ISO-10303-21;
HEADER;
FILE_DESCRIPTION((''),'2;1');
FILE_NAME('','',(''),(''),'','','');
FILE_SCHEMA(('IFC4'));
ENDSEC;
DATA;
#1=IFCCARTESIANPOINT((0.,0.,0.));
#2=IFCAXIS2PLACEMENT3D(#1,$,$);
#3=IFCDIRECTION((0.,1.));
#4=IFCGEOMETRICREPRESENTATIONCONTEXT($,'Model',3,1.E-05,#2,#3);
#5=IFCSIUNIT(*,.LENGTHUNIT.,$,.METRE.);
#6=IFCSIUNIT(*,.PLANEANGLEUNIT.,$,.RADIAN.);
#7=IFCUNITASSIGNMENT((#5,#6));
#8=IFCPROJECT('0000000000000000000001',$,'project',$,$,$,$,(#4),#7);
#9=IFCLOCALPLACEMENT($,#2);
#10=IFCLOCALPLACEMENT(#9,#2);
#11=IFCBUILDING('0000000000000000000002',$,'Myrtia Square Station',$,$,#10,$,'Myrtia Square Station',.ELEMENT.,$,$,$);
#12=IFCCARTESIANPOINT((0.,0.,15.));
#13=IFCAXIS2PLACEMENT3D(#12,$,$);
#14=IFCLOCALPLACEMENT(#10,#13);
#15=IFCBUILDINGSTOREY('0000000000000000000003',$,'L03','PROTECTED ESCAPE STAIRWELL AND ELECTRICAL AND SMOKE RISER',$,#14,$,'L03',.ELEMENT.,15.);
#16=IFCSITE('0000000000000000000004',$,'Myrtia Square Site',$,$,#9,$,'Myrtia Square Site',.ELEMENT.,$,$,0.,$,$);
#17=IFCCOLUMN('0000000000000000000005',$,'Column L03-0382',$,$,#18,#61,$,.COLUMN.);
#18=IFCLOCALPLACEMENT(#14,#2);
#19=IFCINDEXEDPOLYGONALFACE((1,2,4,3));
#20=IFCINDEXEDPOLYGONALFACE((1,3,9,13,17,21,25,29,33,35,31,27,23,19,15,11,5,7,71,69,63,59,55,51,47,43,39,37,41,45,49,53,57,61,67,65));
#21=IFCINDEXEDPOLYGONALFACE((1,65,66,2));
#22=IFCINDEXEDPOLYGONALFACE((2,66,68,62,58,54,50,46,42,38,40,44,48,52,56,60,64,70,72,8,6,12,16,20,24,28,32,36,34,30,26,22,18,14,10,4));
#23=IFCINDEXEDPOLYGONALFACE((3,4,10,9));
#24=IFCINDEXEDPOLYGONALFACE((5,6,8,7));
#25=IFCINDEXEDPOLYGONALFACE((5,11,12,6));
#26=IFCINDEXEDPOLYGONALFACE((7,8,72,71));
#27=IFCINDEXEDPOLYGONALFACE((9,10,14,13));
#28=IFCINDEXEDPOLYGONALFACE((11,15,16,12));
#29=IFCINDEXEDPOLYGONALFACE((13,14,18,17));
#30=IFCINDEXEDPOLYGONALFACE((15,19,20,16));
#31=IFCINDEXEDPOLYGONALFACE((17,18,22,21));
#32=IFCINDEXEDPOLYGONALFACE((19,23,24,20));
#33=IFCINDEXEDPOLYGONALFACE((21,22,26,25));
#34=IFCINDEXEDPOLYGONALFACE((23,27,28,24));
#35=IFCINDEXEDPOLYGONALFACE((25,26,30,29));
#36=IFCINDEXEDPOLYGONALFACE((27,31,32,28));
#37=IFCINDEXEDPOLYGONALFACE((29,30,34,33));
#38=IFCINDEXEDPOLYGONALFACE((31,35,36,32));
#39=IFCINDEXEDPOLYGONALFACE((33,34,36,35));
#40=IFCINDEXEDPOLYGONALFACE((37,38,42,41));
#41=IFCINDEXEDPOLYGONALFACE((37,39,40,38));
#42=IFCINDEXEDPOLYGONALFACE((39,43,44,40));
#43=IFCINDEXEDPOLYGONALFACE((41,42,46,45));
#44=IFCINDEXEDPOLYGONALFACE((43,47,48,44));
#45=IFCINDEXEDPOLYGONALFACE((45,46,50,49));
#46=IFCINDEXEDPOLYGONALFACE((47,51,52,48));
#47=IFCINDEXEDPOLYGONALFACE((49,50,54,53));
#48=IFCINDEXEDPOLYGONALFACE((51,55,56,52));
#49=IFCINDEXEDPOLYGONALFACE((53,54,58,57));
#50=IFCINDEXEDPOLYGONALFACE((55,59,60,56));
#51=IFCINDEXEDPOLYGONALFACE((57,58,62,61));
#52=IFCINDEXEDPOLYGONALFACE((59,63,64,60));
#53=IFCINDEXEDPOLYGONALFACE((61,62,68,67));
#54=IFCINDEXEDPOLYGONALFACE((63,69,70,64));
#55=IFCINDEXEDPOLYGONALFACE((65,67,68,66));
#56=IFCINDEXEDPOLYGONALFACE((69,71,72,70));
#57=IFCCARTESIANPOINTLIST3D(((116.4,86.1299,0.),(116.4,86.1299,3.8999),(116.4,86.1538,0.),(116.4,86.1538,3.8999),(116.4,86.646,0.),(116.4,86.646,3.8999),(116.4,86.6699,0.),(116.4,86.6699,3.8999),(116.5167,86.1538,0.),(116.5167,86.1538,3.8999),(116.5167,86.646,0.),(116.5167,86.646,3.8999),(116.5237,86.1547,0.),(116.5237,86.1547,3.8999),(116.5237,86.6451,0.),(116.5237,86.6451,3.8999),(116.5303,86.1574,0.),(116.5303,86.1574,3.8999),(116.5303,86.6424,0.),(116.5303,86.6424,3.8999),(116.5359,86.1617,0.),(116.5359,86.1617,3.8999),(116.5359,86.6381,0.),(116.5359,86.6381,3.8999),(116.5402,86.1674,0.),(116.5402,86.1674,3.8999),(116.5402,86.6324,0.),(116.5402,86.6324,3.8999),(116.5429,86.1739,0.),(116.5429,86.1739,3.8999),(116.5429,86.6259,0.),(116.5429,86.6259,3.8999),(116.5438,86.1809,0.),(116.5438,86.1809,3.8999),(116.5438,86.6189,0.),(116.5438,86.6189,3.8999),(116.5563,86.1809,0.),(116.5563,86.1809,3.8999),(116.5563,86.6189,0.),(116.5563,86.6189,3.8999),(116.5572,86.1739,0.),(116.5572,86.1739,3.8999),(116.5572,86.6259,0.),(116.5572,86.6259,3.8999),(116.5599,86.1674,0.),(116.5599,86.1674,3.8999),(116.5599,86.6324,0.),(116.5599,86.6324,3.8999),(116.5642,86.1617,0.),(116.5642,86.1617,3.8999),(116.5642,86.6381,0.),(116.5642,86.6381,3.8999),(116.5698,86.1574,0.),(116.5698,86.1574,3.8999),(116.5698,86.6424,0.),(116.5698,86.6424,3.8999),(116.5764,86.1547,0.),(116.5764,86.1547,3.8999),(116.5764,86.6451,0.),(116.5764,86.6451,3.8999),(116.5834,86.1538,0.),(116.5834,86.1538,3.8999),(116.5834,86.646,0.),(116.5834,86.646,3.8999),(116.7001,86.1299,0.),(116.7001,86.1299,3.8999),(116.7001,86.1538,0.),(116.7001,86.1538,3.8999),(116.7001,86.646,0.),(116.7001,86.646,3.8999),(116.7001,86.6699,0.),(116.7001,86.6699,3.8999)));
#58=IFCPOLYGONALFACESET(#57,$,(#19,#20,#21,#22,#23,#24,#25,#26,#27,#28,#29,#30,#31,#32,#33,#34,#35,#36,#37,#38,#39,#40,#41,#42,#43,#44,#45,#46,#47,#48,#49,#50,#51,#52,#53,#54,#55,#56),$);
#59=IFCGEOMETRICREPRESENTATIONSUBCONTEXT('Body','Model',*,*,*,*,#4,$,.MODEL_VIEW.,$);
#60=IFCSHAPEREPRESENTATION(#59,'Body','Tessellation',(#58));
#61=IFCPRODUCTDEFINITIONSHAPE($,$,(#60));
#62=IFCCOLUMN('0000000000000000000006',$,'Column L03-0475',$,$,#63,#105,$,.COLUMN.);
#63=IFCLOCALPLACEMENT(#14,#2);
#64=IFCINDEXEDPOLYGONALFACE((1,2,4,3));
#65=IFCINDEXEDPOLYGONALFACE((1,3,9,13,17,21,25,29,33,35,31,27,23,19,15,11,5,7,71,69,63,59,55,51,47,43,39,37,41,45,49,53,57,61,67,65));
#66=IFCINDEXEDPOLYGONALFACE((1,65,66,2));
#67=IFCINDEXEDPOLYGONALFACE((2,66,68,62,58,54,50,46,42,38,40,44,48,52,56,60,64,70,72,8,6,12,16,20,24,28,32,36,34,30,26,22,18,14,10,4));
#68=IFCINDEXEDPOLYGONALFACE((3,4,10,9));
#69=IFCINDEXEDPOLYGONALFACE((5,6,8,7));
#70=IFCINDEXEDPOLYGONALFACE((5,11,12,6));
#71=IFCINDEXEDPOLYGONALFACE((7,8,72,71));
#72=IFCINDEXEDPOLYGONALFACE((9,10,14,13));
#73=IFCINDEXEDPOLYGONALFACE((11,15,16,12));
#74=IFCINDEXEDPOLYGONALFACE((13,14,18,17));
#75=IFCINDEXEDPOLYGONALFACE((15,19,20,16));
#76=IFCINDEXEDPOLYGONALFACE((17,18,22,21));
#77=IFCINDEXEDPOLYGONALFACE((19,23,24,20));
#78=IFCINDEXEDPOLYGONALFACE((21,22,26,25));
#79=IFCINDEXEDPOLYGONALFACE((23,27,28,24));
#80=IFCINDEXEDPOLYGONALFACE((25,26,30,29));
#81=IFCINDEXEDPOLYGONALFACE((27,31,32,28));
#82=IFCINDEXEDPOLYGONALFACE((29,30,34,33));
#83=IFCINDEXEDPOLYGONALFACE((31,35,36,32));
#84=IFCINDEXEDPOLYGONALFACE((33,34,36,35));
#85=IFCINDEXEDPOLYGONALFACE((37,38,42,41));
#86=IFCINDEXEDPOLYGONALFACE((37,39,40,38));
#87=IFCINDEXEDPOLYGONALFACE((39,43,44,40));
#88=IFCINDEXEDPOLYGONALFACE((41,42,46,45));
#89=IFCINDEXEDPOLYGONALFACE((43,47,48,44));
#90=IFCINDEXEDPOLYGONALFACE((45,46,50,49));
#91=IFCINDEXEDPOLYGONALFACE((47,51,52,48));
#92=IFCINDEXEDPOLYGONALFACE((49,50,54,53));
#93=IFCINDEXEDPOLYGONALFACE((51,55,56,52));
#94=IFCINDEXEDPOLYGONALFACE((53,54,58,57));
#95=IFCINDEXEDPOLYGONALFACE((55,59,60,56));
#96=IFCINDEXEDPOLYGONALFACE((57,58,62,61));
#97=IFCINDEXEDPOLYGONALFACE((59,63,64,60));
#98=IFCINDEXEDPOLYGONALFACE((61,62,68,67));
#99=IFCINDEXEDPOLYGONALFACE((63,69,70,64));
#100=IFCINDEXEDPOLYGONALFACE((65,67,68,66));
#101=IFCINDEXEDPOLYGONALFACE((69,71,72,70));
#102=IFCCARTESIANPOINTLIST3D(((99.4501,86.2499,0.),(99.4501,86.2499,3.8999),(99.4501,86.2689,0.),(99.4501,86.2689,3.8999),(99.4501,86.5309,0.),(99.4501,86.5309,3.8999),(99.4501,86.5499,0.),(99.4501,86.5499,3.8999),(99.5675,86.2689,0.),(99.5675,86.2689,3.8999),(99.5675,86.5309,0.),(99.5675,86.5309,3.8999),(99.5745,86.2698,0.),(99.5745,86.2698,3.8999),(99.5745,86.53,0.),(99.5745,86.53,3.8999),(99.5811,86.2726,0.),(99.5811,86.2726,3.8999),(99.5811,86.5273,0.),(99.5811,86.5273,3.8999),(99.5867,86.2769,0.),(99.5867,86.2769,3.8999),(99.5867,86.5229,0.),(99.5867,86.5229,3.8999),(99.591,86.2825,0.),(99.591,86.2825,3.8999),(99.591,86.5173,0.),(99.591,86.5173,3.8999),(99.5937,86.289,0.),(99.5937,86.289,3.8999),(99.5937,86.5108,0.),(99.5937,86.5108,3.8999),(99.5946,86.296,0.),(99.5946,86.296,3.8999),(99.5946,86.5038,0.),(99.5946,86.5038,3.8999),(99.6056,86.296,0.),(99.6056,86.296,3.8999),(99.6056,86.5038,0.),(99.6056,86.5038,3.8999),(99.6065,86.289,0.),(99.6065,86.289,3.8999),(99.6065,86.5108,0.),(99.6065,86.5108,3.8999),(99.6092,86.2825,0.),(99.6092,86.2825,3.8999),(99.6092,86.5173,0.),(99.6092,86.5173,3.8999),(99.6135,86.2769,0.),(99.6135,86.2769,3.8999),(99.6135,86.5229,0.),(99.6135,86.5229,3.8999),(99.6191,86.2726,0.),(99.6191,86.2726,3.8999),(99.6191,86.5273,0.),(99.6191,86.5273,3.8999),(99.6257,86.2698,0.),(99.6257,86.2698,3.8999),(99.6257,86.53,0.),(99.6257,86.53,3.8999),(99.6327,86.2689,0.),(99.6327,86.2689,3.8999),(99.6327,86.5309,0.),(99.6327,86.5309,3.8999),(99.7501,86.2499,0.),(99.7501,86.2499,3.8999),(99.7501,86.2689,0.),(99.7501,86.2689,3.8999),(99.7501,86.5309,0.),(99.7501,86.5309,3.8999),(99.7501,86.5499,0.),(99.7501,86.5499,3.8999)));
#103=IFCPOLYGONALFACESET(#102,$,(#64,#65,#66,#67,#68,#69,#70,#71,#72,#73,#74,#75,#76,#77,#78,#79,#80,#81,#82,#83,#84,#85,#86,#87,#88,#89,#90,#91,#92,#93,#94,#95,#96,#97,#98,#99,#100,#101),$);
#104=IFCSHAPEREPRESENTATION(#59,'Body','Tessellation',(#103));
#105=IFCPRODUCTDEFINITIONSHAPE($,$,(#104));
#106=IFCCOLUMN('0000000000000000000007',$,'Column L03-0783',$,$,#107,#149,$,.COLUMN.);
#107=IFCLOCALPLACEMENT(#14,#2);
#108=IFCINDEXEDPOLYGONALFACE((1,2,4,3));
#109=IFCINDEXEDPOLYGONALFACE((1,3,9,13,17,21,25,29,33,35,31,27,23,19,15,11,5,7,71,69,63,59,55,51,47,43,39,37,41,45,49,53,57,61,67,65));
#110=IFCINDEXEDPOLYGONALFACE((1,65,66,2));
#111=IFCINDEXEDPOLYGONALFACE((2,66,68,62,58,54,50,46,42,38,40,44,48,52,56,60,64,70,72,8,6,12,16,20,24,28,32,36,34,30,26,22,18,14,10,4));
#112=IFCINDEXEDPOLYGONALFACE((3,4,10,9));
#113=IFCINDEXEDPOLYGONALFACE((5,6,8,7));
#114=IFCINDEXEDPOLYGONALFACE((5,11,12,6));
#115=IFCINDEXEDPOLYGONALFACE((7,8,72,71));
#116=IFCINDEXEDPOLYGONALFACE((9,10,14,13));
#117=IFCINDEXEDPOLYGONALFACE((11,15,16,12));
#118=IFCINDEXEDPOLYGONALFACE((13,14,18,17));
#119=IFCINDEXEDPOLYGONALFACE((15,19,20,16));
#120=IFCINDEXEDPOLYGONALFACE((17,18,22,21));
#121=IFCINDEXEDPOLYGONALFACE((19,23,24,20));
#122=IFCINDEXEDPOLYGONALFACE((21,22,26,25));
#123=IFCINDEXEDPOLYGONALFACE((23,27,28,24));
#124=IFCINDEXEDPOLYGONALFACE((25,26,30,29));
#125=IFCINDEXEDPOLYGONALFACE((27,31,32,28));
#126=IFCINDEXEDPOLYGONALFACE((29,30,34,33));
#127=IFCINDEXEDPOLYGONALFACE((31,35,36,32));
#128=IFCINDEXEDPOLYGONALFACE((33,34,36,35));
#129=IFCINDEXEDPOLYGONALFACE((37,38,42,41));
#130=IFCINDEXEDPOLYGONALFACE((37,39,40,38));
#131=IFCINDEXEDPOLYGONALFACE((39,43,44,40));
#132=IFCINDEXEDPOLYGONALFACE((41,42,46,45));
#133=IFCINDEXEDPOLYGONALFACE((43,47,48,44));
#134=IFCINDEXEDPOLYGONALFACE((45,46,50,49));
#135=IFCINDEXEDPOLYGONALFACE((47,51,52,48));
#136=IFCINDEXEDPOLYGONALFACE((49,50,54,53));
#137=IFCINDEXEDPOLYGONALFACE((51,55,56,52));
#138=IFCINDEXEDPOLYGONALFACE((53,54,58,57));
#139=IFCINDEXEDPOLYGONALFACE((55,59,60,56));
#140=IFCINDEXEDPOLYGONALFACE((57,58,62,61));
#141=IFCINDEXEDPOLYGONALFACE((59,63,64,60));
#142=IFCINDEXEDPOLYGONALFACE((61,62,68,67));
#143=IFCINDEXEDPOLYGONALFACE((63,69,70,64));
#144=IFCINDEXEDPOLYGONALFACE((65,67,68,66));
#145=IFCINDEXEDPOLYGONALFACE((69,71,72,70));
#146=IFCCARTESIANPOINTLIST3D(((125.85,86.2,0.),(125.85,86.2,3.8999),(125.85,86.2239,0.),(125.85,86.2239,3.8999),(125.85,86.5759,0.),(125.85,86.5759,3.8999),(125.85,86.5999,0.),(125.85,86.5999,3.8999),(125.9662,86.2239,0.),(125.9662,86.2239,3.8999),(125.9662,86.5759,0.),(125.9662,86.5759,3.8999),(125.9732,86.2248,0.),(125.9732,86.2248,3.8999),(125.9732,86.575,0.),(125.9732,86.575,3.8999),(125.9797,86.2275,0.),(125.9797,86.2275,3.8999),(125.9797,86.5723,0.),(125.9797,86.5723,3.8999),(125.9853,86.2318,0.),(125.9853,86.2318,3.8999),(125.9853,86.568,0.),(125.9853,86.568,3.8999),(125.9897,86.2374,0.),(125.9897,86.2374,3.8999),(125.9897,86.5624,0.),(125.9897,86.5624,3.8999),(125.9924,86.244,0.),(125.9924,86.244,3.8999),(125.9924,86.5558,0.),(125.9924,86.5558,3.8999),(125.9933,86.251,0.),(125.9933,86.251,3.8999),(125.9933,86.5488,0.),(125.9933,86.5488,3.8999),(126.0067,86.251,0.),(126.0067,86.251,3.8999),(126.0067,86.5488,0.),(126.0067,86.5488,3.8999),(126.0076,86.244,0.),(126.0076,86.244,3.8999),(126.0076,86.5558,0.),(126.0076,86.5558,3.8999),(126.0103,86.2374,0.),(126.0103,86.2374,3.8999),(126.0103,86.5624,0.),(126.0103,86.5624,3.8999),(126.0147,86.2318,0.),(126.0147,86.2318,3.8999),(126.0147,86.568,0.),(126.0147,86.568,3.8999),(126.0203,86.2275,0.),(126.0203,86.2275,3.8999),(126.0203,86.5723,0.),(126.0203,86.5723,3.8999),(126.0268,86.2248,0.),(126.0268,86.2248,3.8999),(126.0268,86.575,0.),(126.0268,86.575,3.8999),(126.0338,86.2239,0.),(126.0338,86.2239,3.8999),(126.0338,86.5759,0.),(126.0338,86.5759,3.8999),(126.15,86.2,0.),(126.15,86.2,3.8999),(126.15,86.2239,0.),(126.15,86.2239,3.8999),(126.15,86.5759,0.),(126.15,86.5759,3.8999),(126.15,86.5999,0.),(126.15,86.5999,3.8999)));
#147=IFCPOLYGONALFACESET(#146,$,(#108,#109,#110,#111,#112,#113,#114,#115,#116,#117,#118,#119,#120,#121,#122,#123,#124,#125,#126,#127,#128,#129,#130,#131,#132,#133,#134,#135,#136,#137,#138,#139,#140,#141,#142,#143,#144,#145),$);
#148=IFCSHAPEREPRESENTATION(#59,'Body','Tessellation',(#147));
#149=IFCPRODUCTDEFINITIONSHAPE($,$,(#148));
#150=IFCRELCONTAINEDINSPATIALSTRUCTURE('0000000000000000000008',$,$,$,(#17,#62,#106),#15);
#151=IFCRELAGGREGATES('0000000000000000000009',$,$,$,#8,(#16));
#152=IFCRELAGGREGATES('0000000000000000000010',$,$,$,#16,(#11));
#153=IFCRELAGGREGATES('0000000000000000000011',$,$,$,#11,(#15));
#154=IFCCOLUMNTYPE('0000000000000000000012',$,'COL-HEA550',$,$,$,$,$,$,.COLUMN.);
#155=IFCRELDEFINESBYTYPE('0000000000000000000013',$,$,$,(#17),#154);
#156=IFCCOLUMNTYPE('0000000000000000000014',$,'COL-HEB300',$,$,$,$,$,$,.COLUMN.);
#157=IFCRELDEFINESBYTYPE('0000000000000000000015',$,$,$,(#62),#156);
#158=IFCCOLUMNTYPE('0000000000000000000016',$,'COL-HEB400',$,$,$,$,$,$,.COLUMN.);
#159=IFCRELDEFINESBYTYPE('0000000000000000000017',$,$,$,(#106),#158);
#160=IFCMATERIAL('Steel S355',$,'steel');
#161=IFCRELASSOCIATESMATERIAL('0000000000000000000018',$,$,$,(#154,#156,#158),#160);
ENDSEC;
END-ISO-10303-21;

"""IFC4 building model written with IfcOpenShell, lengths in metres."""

from ifc_helpers import new_model, si_unit, direction, frame, origin, origin_2d, place, context, subcontext, project, spatial, i_section, extrude, material, material_profile, profile_set, type_object, element, save


model = new_model("IFC4")

# Units and contexts
model_context = context("Model", 3, precision=1e-05, world=origin(), true_north=direction((0.0, 1.0)))
body_context = subcontext(model_context, "Body", "Model", "MODEL_VIEW")
ifc_project = project(units=[si_unit("LENGTHUNIT", "METRE"), si_unit("PLANEANGLEUNIT", "RADIAN")], contexts=[model_context])

# Site, building, storey
site_placement = place(None, origin())
site = spatial("IfcSite", under=ifc_project, at=site_placement, Name="Myrtia Square Site", LongName="Myrtia Square Site", CompositionType="ELEMENT", RefElevation=0.0)
building_placement = place(site_placement, origin())
building = spatial("IfcBuilding", under=site, at=building_placement, Name="Myrtia Square Station", LongName="Myrtia Square Station", CompositionType="ELEMENT")
storey_placement = place(building_placement, frame((0.0, 0.0, 15.0)))
storey = spatial("IfcBuildingStorey", under=building, at=storey_placement, Name="L03", Description="PROTECTED ESCAPE STAIRWELL AND ELECTRICAL AND SMOKE RISER", LongName="L03", CompositionType="ELEMENT", Elevation=15.0)

# Columns
ifc_material_1 = material(Name="Steel S355", Category="steel")
ifc_material_profile_1 = material_profile(ifc_material_1, i_section(OverallWidth=0.3, OverallDepth=0.54, WebThickness=0.0125, FlangeThickness=0.0239, FilletRadius=0.0271, at=origin_2d()), Name="HEA 550")
ifc_profile_set_1 = profile_set([ifc_material_profile_1], Name="Steel S355")
column_type_1 = type_object("IfcColumnType", Name="COL-HEA550", PredefinedType="COLUMN", material=ifc_profile_set_1)
column_1_placement = place(storey_placement, frame((116.55, 86.3999, 0.0), z_axis=(0.0, 0.0, 1.0), x_axis=(1.0, 0.0, 0.0)))
element("IfcColumn", 1, at=column_1_placement, inside=storey, type_object=column_type_1, Name="Column L03-0382", PredefinedType="COLUMN", context=body_context, shape_type="SweptSolid", body=[
    extrude(i_section(OverallWidth=0.3, OverallDepth=0.54, WebThickness=0.0125, FlangeThickness=0.0239, FilletRadius=0.0271, at=origin_2d()), origin(), (0.0, 0.0, 1.0), 3.8999),
])
ifc_material_profile_2 = material_profile(ifc_material_1, i_section(OverallWidth=0.3, OverallDepth=0.3, WebThickness=0.011, FlangeThickness=0.019, FilletRadius=0.0271, at=origin_2d()), Name="HEB 300")
ifc_profile_set_2 = profile_set([ifc_material_profile_2], Name="Steel S355")
column_type_2 = type_object("IfcColumnType", Name="COL-HEB300", PredefinedType="COLUMN", material=ifc_profile_set_2)
column_2_placement = place(storey_placement, frame((99.6001, 86.3999, 0.0), z_axis=(0.0, 0.0, 1.0), x_axis=(1.0, 0.0, 0.0)))
element("IfcColumn", 2, at=column_2_placement, inside=storey, type_object=column_type_2, Name="Column L03-0475", PredefinedType="COLUMN", context=body_context, shape_type="SweptSolid", body=[
    extrude(i_section(OverallWidth=0.3, OverallDepth=0.3, WebThickness=0.011, FlangeThickness=0.019, FilletRadius=0.0271, at=origin_2d()), origin(), (0.0, 0.0, 1.0), 3.8999),
])
ifc_material_profile_3 = material_profile(ifc_material_1, i_section(OverallWidth=0.3, OverallDepth=0.3999, WebThickness=0.0134, FlangeThickness=0.0239, FilletRadius=0.0271, at=origin_2d()), Name="HEB 400")
ifc_profile_set_3 = profile_set([ifc_material_profile_3], Name="Steel S355")
column_type_3 = type_object("IfcColumnType", Name="COL-HEB400", PredefinedType="COLUMN", material=ifc_profile_set_3)
column_3_placement = place(storey_placement, frame((126.0, 86.3999, 0.0), z_axis=(0.0, 0.0, 1.0), x_axis=(1.0, 0.0, 0.0)))
element("IfcColumn", 3, at=column_3_placement, inside=storey, type_object=column_type_3, Name="Column L03-0783", PredefinedType="COLUMN", context=body_context, shape_type="SweptSolid", body=[
    extrude(i_section(OverallWidth=0.3, OverallDepth=0.3999, WebThickness=0.0134, FlangeThickness=0.0239, FilletRadius=0.0271, at=origin_2d()), origin(), (0.0, 0.0, 1.0), 3.8999),
])

save(model, "model.ifc")
